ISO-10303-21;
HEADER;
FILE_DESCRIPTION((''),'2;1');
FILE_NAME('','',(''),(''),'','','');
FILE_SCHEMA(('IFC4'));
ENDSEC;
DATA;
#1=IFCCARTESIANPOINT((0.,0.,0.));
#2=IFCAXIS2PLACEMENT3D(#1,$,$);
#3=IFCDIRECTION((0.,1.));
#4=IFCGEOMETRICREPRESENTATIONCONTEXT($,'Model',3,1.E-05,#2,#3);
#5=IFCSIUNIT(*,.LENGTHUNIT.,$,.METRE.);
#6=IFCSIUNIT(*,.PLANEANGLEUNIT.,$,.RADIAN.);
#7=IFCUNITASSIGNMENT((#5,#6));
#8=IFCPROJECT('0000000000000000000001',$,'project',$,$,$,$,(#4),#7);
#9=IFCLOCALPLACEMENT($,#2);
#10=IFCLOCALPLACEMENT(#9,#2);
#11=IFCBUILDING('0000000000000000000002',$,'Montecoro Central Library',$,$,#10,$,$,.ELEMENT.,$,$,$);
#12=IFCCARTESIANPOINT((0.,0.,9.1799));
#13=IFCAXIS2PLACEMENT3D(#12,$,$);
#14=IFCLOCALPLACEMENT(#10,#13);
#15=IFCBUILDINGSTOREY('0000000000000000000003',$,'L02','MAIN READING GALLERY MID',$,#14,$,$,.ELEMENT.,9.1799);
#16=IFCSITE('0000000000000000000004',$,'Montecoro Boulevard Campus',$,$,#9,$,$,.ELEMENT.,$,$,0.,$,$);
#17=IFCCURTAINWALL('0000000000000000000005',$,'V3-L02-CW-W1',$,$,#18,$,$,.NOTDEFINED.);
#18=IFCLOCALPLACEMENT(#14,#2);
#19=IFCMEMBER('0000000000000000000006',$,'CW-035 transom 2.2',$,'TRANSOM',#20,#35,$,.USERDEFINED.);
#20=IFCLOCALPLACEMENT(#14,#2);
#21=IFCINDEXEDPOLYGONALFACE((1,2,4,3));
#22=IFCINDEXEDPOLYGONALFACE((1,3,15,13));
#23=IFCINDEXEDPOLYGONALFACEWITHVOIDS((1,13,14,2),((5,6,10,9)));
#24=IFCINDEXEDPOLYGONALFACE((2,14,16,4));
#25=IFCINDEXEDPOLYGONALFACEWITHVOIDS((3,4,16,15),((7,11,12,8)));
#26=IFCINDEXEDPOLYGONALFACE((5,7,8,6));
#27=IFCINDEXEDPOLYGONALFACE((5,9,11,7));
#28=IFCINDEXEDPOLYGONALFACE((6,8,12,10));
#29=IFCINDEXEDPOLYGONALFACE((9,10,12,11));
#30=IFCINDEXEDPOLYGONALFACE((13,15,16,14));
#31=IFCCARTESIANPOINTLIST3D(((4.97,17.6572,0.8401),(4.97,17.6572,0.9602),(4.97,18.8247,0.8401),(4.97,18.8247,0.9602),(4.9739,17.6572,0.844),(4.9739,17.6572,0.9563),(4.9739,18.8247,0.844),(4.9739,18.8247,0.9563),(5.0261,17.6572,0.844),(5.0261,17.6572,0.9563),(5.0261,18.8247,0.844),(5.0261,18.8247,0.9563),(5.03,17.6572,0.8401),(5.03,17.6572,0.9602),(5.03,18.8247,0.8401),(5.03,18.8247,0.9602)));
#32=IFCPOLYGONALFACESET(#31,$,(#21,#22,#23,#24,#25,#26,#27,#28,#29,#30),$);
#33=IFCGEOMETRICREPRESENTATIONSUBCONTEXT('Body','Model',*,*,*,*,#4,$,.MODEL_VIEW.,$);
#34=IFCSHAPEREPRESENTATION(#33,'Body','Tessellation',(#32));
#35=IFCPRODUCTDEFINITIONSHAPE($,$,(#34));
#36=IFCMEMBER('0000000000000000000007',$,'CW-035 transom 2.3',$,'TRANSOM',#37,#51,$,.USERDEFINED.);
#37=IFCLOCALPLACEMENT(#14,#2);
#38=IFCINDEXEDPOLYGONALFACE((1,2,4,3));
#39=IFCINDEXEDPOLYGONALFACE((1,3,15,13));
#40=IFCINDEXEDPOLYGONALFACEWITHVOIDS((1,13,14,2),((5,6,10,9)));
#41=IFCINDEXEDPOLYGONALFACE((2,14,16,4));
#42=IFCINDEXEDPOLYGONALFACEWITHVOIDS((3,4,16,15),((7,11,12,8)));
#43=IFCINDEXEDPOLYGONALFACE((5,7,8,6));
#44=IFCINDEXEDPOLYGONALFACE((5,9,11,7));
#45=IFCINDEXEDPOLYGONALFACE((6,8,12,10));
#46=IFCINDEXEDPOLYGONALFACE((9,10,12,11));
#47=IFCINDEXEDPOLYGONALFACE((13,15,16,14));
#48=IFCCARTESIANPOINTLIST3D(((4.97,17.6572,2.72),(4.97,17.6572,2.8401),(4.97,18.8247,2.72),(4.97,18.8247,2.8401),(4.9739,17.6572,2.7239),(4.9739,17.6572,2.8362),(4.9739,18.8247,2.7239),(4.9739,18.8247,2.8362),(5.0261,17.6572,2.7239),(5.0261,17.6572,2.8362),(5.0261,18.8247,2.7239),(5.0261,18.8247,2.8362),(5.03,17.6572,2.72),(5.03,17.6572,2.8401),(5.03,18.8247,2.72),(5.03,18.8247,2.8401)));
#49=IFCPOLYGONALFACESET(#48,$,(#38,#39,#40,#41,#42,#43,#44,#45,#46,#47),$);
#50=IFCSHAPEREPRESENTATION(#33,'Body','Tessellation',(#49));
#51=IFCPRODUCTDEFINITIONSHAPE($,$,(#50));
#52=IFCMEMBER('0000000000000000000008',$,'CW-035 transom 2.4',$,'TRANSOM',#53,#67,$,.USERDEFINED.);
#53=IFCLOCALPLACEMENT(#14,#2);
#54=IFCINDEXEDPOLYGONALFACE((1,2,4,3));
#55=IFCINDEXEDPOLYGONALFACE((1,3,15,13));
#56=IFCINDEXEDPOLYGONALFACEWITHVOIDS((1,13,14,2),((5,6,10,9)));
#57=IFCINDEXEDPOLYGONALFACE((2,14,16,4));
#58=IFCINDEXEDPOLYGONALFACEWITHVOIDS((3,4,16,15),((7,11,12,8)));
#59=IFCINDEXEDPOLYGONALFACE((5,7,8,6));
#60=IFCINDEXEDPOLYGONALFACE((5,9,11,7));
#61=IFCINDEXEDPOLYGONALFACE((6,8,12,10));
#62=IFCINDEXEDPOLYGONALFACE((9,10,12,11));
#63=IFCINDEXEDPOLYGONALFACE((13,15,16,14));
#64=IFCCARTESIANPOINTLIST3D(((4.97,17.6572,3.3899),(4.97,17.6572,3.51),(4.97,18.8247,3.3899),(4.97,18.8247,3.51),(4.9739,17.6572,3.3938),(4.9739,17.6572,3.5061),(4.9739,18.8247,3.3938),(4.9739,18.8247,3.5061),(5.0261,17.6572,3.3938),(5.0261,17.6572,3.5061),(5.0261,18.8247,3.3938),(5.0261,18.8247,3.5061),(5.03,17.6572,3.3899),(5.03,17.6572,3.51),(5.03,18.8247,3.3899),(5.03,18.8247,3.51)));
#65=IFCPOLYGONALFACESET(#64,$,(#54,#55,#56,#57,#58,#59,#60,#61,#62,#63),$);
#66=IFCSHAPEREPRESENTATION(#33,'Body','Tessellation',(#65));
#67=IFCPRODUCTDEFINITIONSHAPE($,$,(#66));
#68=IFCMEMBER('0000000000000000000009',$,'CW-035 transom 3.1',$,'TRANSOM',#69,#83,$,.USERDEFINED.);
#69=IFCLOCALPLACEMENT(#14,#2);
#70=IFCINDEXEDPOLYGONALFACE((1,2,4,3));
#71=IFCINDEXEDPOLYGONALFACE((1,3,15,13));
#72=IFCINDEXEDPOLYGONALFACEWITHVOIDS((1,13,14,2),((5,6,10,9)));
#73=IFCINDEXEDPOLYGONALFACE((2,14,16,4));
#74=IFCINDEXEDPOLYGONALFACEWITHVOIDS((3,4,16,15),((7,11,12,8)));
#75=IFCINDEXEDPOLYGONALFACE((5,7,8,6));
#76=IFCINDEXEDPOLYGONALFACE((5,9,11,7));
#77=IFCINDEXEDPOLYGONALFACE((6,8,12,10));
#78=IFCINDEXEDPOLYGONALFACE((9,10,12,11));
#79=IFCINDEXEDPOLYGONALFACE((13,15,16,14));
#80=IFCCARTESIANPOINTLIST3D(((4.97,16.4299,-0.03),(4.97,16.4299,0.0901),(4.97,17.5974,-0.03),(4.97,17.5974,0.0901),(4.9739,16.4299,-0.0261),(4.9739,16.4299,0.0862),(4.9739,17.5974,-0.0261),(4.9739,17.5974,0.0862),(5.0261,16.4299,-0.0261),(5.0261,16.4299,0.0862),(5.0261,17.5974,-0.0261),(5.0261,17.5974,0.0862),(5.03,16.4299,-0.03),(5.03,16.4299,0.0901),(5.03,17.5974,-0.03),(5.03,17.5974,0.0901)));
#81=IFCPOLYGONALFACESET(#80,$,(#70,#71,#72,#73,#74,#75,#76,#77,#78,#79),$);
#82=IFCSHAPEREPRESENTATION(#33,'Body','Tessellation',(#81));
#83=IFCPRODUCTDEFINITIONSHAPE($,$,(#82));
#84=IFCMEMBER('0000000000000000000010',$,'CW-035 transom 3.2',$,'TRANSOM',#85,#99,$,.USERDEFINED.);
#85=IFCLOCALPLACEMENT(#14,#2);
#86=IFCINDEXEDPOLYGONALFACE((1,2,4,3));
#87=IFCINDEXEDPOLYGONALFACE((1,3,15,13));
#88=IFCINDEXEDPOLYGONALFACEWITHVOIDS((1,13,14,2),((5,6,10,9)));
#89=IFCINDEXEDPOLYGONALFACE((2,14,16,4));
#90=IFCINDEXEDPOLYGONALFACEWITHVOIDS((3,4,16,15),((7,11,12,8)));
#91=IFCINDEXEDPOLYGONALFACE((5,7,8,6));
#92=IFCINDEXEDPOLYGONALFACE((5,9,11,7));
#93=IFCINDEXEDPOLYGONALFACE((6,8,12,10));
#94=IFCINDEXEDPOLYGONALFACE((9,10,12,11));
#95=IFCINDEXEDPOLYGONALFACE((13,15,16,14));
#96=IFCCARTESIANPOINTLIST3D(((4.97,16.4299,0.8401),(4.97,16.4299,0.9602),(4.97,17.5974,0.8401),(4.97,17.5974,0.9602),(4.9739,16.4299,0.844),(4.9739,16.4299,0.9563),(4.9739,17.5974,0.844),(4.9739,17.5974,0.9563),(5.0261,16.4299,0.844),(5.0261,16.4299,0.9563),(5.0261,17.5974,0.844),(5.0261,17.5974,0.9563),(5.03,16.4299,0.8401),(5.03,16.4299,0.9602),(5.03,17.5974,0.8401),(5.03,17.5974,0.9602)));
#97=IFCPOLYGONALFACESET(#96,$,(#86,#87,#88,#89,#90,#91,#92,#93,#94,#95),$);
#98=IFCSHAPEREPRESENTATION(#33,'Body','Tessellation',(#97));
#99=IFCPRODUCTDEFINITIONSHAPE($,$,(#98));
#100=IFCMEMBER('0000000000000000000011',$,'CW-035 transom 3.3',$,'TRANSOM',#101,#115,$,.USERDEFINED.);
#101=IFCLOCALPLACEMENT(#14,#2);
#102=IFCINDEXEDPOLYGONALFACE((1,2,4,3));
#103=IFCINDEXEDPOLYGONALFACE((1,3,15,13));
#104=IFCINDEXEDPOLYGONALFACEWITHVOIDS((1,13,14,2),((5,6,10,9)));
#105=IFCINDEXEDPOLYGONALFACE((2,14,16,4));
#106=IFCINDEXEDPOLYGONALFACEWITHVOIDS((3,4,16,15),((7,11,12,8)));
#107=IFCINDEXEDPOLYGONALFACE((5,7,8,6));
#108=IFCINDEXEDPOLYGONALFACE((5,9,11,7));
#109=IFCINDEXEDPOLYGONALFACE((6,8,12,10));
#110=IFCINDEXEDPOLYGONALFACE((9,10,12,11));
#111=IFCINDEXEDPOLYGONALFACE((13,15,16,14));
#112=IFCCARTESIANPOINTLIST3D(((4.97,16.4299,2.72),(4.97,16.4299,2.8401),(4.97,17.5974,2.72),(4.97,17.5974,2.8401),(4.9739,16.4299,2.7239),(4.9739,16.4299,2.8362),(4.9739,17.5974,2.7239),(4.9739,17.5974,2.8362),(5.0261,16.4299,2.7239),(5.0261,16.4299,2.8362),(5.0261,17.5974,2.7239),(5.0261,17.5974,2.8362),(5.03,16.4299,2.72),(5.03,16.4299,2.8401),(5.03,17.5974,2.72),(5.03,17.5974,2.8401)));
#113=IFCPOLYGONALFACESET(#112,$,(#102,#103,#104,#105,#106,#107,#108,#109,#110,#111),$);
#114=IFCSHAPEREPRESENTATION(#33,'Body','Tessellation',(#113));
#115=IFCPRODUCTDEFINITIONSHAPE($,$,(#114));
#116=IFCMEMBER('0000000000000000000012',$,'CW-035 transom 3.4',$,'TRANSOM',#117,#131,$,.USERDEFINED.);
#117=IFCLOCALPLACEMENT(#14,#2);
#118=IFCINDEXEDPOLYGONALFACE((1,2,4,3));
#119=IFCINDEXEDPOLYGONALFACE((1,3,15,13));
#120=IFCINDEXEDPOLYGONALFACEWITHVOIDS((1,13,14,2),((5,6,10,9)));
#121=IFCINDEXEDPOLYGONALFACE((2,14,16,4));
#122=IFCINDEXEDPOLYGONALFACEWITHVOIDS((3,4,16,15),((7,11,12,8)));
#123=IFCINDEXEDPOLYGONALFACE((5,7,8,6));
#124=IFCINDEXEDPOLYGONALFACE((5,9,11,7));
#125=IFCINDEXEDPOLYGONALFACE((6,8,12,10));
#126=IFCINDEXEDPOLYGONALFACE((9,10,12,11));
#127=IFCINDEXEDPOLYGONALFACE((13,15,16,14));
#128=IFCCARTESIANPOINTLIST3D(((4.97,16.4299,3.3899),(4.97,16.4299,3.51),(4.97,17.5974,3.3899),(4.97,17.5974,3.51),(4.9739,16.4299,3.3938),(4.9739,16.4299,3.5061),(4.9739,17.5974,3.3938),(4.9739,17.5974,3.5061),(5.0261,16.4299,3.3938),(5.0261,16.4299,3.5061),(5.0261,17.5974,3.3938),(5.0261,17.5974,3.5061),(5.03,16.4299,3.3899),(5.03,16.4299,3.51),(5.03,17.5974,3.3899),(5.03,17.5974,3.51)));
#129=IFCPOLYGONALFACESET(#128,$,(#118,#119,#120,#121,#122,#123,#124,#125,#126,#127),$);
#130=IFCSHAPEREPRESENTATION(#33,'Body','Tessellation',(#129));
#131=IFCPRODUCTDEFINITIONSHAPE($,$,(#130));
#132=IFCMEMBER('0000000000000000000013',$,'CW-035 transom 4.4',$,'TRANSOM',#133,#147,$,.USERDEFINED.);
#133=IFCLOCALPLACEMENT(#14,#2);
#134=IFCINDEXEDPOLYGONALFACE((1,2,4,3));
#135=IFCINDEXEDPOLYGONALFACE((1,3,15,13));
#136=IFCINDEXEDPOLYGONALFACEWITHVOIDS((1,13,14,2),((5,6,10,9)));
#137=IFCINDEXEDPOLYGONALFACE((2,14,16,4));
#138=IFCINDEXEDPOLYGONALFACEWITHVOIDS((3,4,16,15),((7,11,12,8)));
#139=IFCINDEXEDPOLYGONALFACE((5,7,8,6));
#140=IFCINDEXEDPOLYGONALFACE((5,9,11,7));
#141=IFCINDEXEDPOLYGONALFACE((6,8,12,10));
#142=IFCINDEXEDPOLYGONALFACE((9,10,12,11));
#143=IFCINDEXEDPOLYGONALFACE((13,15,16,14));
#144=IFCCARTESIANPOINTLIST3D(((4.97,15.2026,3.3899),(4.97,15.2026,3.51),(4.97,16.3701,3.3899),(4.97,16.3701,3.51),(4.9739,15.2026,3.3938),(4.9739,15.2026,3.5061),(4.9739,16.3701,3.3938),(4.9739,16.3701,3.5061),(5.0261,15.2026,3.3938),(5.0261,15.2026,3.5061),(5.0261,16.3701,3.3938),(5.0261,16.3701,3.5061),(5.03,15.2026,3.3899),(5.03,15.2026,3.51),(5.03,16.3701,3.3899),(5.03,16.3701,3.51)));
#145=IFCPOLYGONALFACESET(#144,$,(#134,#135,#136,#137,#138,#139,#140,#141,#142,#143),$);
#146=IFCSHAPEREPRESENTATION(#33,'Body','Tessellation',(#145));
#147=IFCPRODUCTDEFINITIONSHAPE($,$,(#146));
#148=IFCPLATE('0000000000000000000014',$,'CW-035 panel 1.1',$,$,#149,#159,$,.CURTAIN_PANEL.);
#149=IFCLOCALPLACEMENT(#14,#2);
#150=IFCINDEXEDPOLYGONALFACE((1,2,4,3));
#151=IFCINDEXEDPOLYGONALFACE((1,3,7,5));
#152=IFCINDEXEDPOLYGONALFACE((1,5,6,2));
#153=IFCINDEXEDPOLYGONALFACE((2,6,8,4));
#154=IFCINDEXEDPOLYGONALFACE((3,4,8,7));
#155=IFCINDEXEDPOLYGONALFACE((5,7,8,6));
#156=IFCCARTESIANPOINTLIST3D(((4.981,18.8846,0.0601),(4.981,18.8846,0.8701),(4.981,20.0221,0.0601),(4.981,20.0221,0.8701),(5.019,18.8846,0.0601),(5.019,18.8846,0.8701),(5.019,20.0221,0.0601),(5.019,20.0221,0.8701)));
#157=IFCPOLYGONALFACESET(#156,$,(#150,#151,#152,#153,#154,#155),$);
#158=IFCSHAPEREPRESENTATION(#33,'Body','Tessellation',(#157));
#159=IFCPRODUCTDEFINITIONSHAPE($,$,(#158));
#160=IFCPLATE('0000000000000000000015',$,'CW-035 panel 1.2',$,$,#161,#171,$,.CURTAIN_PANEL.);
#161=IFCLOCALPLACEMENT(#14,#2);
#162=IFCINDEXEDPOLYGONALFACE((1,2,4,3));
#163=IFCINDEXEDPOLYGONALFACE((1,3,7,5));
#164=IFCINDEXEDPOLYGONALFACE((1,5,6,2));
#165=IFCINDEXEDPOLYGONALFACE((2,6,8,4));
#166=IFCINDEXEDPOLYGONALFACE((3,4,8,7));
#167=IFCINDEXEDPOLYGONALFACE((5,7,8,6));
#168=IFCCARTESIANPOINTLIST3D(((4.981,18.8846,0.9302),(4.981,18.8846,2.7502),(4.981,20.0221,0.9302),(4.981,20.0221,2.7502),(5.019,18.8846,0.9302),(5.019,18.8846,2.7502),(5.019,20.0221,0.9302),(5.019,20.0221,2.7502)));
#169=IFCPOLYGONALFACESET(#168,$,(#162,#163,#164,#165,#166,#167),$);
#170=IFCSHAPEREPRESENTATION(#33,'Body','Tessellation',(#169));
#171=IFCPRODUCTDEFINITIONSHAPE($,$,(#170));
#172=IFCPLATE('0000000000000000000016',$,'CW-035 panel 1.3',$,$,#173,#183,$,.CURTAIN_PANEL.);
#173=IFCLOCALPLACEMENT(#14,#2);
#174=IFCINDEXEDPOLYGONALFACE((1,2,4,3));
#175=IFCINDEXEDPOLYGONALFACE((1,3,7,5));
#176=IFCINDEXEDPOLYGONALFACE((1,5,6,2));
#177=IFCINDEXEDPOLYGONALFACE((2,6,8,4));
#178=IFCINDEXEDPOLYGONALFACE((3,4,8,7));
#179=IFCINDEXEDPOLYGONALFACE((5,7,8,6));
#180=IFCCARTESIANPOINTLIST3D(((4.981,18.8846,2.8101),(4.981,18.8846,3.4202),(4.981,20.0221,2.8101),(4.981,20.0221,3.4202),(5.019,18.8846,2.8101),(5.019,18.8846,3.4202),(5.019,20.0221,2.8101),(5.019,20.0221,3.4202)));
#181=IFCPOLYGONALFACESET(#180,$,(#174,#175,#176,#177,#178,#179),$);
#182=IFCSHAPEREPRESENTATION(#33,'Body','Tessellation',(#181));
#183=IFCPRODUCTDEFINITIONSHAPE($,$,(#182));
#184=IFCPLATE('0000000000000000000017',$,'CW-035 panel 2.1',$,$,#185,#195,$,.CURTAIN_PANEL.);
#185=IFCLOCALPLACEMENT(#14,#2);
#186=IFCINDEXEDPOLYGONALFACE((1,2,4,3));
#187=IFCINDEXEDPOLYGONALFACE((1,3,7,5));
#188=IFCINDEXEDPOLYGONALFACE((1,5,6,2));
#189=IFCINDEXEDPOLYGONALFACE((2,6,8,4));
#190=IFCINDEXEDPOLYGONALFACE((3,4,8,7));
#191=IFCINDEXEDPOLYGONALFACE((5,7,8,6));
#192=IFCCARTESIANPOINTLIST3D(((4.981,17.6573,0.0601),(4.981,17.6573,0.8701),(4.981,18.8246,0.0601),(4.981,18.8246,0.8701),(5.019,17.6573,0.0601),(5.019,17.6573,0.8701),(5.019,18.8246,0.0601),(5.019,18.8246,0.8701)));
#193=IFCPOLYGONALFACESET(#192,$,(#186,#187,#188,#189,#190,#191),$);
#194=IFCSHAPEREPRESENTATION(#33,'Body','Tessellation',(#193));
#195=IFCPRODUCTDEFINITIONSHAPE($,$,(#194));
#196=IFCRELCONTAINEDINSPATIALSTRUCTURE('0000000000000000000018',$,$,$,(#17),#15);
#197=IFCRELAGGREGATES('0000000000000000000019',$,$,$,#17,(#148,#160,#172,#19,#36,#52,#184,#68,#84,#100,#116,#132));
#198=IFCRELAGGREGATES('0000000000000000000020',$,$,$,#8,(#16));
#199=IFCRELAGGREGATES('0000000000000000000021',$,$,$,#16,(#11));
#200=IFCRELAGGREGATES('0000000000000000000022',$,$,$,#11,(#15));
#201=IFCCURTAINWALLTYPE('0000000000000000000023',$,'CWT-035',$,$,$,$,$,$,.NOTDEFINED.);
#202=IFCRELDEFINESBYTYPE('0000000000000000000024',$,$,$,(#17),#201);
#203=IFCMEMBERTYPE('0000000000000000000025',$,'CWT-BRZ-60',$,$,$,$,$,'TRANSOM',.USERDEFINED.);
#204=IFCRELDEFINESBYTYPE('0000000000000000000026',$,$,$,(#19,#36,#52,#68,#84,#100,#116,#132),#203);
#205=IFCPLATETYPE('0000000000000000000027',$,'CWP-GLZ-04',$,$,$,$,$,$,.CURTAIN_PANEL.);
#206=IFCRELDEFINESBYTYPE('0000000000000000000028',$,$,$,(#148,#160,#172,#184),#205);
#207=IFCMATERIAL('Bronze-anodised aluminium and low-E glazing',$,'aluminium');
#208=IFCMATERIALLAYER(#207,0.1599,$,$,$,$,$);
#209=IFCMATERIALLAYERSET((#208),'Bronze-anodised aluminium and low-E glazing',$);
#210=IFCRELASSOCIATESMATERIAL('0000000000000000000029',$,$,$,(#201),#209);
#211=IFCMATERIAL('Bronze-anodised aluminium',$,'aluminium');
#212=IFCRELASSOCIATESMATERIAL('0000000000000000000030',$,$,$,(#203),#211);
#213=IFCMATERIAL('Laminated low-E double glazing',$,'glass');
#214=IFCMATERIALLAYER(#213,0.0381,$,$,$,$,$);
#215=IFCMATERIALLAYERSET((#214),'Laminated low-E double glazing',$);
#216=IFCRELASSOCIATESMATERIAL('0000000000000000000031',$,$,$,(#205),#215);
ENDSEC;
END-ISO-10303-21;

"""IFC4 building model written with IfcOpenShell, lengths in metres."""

from ifc_helpers import new_model, si_unit, direction, frame, origin, origin_2d, place, context, subcontext, project, spatial, rectangle, hollow_rectangle, extrude, material, layer, layer_set, material_profile, profile_set, type_object, element, aggregate, save


model = new_model("IFC4")

# Units and contexts
model_context = context("Model", 3, precision=1e-05, world=origin(), true_north=direction((0.0, 1.0)))
body_context = subcontext(model_context, "Body", "Model", "MODEL_VIEW")
ifc_project = project(units=[si_unit("LENGTHUNIT", "METRE"), si_unit("PLANEANGLEUNIT", "RADIAN")], contexts=[model_context])

# Site, building, storey
site_placement = place(None, origin())
site = spatial("IfcSite", under=ifc_project, at=site_placement, Name="Montecoro Boulevard Campus", CompositionType="ELEMENT", RefElevation=0.0)
building_placement = place(site_placement, origin())
building = spatial("IfcBuilding", under=site, at=building_placement, Name="Montecoro Central Library", CompositionType="ELEMENT")
storey_placement = place(building_placement, frame((0.0, 0.0, 9.1799)))
storey = spatial("IfcBuildingStorey", under=building, at=storey_placement, Name="L02", Description="MAIN READING GALLERY MID", CompositionType="ELEMENT", Elevation=9.1799)

# Curtain wall, members, plates
ifc_material_1 = material(Name="Bronze-anodised aluminium and low-E glazing", Category="aluminium")
ifc_layer_1 = layer(ifc_material_1, 0.1599)
ifc_layer_set_1 = layer_set([ifc_layer_1], Name="Bronze-anodised aluminium and low-E glazing")
curtain_wall_type = type_object("IfcCurtainWallType", Name="CWT-035", PredefinedType="NOTDEFINED", material=ifc_layer_set_1)
curtain_wall_placement = place(storey_placement, origin())
curtain_wall = element("IfcCurtainWall", 1, at=curtain_wall_placement, inside=storey, type_object=curtain_wall_type, Name="V3-L02-CW-W1", PredefinedType="NOTDEFINED")
ifc_material_2 = material(Name="Bronze-anodised aluminium", Category="aluminium")
ifc_material_profile_1 = material_profile(ifc_material_2, hollow_rectangle(XDim=0.0601, YDim=0.1201, WallThickness=0.0039, at=origin_2d()), Name="CWT 120x60x4.0")
ifc_profile_set_1 = profile_set([ifc_material_profile_1], Name="Bronze-anodised aluminium")
member_type_1 = type_object("IfcMemberType", Name="CWT-BRZ-60", ElementType="TRANSOM", PredefinedType="USERDEFINED", material=ifc_profile_set_1)
member_1_placement = place(storey_placement, frame((5.0, 18.8247, 0.9001), z_axis=(0.0, -1.0, 0.0), x_axis=(1.0, 0.0, 0.0)))
member_1 = element("IfcMember", 2, at=member_1_placement, type_object=member_type_1, Name="CW-035 transom 2.2", ObjectType="TRANSOM", PredefinedType="USERDEFINED", context=body_context, shape_type="SweptSolid", body=[
    extrude(hollow_rectangle(XDim=0.0601, YDim=0.1201, WallThickness=0.0039, at=origin_2d()), origin(), (0.0, 0.0, 1.0), 1.1675),
])
member_2_placement = place(storey_placement, frame((5.0, 18.8247, 2.78), z_axis=(0.0, -1.0, 0.0), x_axis=(1.0, 0.0, 0.0)))
member_2 = element("IfcMember", 3, at=member_2_placement, type_object=member_type_1, Name="CW-035 transom 2.3", ObjectType="TRANSOM", PredefinedType="USERDEFINED", context=body_context, shape_type="SweptSolid", body=[
    extrude(hollow_rectangle(XDim=0.0601, YDim=0.1201, WallThickness=0.0039, at=origin_2d()), origin(), (0.0, 0.0, 1.0), 1.1675),
])
member_3_placement = place(storey_placement, frame((5.0, 18.8247, 3.45), z_axis=(0.0, -1.0, 0.0), x_axis=(1.0, 0.0, 0.0)))
member_3 = element("IfcMember", 4, at=member_3_placement, type_object=member_type_1, Name="CW-035 transom 2.4", ObjectType="TRANSOM", PredefinedType="USERDEFINED", context=body_context, shape_type="SweptSolid", body=[
    extrude(hollow_rectangle(XDim=0.0601, YDim=0.1201, WallThickness=0.0039, at=origin_2d()), origin(), (0.0, 0.0, 1.0), 1.1675),
])
member_4_placement = place(storey_placement, frame((5.0, 17.5974, 0.03), z_axis=(0.0, -1.0, 0.0), x_axis=(1.0, 0.0, 0.0)))
member_4 = element("IfcMember", 5, at=member_4_placement, type_object=member_type_1, Name="CW-035 transom 3.1", ObjectType="TRANSOM", PredefinedType="USERDEFINED", context=body_context, shape_type="SweptSolid", body=[
    extrude(hollow_rectangle(XDim=0.0601, YDim=0.1201, WallThickness=0.0039, at=origin_2d()), origin(), (0.0, 0.0, 1.0), 1.1675),
])
member_5_placement = place(storey_placement, frame((5.0, 17.5974, 0.9001), z_axis=(0.0, -1.0, 0.0), x_axis=(1.0, 0.0, 0.0)))
member_5 = element("IfcMember", 6, at=member_5_placement, type_object=member_type_1, Name="CW-035 transom 3.2", ObjectType="TRANSOM", PredefinedType="USERDEFINED", context=body_context, shape_type="SweptSolid", body=[
    extrude(hollow_rectangle(XDim=0.0601, YDim=0.1201, WallThickness=0.0039, at=origin_2d()), origin(), (0.0, 0.0, 1.0), 1.1675),
])
member_6_placement = place(storey_placement, frame((5.0, 17.5974, 2.78), z_axis=(0.0, -1.0, 0.0), x_axis=(1.0, 0.0, 0.0)))
member_6 = element("IfcMember", 7, at=member_6_placement, type_object=member_type_1, Name="CW-035 transom 3.3", ObjectType="TRANSOM", PredefinedType="USERDEFINED", context=body_context, shape_type="SweptSolid", body=[
    extrude(hollow_rectangle(XDim=0.0601, YDim=0.1201, WallThickness=0.0039, at=origin_2d()), origin(), (0.0, 0.0, 1.0), 1.1675),
])
member_7_placement = place(storey_placement, frame((5.0, 17.5974, 3.45), z_axis=(0.0, -1.0, 0.0), x_axis=(1.0, 0.0, 0.0)))
member_7 = element("IfcMember", 8, at=member_7_placement, type_object=member_type_1, Name="CW-035 transom 3.4", ObjectType="TRANSOM", PredefinedType="USERDEFINED", context=body_context, shape_type="SweptSolid", body=[
    extrude(hollow_rectangle(XDim=0.0601, YDim=0.1201, WallThickness=0.0039, at=origin_2d()), origin(), (0.0, 0.0, 1.0), 1.1675),
])
member_8_placement = place(storey_placement, frame((5.0, 16.3701, 3.45), z_axis=(0.0, -1.0, 0.0), x_axis=(1.0, 0.0, 0.0)))
member_8 = element("IfcMember", 9, at=member_8_placement, type_object=member_type_1, Name="CW-035 transom 4.4", ObjectType="TRANSOM", PredefinedType="USERDEFINED", context=body_context, shape_type="SweptSolid", body=[
    extrude(hollow_rectangle(XDim=0.0601, YDim=0.1201, WallThickness=0.0039, at=origin_2d()), origin(), (0.0, 0.0, 1.0), 1.1675),
])
ifc_material_3 = material(Name="Laminated low-E double glazing", Category="glass")
ifc_layer_2 = layer(ifc_material_3, 0.0381)
ifc_layer_set_2 = layer_set([ifc_layer_2], Name="Laminated low-E double glazing")
plate_type_1 = type_object("IfcPlateType", Name="CWP-GLZ-04", PredefinedType="CURTAIN_PANEL", material=ifc_layer_set_2)
plate_1_placement = place(storey_placement, frame((5.0, 19.4534, 0.0601), z_axis=(0.0, 0.0, 1.0), x_axis=(0.0, -1.0, 0.0)))
plate_1 = element("IfcPlate", 10, at=plate_1_placement, type_object=plate_type_1, Name="CW-035 panel 1.1", PredefinedType="CURTAIN_PANEL", context=body_context, shape_type="SweptSolid", body=[
    extrude(rectangle(XDim=1.1375, YDim=0.0381, at=origin_2d()), origin(), (0.0, 0.0, 1.0), 0.8101),
])
plate_2_placement = place(storey_placement, frame((5.0, 19.4534, 0.9302), z_axis=(0.0, 0.0, 1.0), x_axis=(0.0, -1.0, 0.0)))
plate_2 = element("IfcPlate", 11, at=plate_2_placement, type_object=plate_type_1, Name="CW-035 panel 1.2", PredefinedType="CURTAIN_PANEL", context=body_context, shape_type="SweptSolid", body=[
    extrude(rectangle(XDim=1.1375, YDim=0.0381, at=origin_2d()), origin(), (0.0, 0.0, 1.0), 1.8201),
])
plate_3_placement = place(storey_placement, frame((5.0, 19.4534, 2.8101), z_axis=(0.0, 0.0, 1.0), x_axis=(0.0, -1.0, 0.0)))
plate_3 = element("IfcPlate", 12, at=plate_3_placement, type_object=plate_type_1, Name="CW-035 panel 1.3", PredefinedType="CURTAIN_PANEL", context=body_context, shape_type="SweptSolid", body=[
    extrude(rectangle(XDim=1.1375, YDim=0.0381, at=origin_2d()), origin(), (0.0, 0.0, 1.0), 0.6101),
])
plate_4_placement = place(storey_placement, frame((5.0, 18.241, 0.0601), z_axis=(0.0, 0.0, 1.0), x_axis=(0.0, -1.0, 0.0)))
plate_4 = element("IfcPlate", 13, at=plate_4_placement, type_object=plate_type_1, Name="CW-035 panel 2.1", PredefinedType="CURTAIN_PANEL", context=body_context, shape_type="SweptSolid", body=[
    extrude(rectangle(XDim=1.1672, YDim=0.0381, at=origin_2d()), origin(), (0.0, 0.0, 1.0), 0.8101),
])
aggregate(curtain_wall, [plate_1, plate_2, plate_3, member_1, member_2, member_3, plate_4, member_4, member_5, member_6, member_7, member_8])

save(model, "model.ifc")
